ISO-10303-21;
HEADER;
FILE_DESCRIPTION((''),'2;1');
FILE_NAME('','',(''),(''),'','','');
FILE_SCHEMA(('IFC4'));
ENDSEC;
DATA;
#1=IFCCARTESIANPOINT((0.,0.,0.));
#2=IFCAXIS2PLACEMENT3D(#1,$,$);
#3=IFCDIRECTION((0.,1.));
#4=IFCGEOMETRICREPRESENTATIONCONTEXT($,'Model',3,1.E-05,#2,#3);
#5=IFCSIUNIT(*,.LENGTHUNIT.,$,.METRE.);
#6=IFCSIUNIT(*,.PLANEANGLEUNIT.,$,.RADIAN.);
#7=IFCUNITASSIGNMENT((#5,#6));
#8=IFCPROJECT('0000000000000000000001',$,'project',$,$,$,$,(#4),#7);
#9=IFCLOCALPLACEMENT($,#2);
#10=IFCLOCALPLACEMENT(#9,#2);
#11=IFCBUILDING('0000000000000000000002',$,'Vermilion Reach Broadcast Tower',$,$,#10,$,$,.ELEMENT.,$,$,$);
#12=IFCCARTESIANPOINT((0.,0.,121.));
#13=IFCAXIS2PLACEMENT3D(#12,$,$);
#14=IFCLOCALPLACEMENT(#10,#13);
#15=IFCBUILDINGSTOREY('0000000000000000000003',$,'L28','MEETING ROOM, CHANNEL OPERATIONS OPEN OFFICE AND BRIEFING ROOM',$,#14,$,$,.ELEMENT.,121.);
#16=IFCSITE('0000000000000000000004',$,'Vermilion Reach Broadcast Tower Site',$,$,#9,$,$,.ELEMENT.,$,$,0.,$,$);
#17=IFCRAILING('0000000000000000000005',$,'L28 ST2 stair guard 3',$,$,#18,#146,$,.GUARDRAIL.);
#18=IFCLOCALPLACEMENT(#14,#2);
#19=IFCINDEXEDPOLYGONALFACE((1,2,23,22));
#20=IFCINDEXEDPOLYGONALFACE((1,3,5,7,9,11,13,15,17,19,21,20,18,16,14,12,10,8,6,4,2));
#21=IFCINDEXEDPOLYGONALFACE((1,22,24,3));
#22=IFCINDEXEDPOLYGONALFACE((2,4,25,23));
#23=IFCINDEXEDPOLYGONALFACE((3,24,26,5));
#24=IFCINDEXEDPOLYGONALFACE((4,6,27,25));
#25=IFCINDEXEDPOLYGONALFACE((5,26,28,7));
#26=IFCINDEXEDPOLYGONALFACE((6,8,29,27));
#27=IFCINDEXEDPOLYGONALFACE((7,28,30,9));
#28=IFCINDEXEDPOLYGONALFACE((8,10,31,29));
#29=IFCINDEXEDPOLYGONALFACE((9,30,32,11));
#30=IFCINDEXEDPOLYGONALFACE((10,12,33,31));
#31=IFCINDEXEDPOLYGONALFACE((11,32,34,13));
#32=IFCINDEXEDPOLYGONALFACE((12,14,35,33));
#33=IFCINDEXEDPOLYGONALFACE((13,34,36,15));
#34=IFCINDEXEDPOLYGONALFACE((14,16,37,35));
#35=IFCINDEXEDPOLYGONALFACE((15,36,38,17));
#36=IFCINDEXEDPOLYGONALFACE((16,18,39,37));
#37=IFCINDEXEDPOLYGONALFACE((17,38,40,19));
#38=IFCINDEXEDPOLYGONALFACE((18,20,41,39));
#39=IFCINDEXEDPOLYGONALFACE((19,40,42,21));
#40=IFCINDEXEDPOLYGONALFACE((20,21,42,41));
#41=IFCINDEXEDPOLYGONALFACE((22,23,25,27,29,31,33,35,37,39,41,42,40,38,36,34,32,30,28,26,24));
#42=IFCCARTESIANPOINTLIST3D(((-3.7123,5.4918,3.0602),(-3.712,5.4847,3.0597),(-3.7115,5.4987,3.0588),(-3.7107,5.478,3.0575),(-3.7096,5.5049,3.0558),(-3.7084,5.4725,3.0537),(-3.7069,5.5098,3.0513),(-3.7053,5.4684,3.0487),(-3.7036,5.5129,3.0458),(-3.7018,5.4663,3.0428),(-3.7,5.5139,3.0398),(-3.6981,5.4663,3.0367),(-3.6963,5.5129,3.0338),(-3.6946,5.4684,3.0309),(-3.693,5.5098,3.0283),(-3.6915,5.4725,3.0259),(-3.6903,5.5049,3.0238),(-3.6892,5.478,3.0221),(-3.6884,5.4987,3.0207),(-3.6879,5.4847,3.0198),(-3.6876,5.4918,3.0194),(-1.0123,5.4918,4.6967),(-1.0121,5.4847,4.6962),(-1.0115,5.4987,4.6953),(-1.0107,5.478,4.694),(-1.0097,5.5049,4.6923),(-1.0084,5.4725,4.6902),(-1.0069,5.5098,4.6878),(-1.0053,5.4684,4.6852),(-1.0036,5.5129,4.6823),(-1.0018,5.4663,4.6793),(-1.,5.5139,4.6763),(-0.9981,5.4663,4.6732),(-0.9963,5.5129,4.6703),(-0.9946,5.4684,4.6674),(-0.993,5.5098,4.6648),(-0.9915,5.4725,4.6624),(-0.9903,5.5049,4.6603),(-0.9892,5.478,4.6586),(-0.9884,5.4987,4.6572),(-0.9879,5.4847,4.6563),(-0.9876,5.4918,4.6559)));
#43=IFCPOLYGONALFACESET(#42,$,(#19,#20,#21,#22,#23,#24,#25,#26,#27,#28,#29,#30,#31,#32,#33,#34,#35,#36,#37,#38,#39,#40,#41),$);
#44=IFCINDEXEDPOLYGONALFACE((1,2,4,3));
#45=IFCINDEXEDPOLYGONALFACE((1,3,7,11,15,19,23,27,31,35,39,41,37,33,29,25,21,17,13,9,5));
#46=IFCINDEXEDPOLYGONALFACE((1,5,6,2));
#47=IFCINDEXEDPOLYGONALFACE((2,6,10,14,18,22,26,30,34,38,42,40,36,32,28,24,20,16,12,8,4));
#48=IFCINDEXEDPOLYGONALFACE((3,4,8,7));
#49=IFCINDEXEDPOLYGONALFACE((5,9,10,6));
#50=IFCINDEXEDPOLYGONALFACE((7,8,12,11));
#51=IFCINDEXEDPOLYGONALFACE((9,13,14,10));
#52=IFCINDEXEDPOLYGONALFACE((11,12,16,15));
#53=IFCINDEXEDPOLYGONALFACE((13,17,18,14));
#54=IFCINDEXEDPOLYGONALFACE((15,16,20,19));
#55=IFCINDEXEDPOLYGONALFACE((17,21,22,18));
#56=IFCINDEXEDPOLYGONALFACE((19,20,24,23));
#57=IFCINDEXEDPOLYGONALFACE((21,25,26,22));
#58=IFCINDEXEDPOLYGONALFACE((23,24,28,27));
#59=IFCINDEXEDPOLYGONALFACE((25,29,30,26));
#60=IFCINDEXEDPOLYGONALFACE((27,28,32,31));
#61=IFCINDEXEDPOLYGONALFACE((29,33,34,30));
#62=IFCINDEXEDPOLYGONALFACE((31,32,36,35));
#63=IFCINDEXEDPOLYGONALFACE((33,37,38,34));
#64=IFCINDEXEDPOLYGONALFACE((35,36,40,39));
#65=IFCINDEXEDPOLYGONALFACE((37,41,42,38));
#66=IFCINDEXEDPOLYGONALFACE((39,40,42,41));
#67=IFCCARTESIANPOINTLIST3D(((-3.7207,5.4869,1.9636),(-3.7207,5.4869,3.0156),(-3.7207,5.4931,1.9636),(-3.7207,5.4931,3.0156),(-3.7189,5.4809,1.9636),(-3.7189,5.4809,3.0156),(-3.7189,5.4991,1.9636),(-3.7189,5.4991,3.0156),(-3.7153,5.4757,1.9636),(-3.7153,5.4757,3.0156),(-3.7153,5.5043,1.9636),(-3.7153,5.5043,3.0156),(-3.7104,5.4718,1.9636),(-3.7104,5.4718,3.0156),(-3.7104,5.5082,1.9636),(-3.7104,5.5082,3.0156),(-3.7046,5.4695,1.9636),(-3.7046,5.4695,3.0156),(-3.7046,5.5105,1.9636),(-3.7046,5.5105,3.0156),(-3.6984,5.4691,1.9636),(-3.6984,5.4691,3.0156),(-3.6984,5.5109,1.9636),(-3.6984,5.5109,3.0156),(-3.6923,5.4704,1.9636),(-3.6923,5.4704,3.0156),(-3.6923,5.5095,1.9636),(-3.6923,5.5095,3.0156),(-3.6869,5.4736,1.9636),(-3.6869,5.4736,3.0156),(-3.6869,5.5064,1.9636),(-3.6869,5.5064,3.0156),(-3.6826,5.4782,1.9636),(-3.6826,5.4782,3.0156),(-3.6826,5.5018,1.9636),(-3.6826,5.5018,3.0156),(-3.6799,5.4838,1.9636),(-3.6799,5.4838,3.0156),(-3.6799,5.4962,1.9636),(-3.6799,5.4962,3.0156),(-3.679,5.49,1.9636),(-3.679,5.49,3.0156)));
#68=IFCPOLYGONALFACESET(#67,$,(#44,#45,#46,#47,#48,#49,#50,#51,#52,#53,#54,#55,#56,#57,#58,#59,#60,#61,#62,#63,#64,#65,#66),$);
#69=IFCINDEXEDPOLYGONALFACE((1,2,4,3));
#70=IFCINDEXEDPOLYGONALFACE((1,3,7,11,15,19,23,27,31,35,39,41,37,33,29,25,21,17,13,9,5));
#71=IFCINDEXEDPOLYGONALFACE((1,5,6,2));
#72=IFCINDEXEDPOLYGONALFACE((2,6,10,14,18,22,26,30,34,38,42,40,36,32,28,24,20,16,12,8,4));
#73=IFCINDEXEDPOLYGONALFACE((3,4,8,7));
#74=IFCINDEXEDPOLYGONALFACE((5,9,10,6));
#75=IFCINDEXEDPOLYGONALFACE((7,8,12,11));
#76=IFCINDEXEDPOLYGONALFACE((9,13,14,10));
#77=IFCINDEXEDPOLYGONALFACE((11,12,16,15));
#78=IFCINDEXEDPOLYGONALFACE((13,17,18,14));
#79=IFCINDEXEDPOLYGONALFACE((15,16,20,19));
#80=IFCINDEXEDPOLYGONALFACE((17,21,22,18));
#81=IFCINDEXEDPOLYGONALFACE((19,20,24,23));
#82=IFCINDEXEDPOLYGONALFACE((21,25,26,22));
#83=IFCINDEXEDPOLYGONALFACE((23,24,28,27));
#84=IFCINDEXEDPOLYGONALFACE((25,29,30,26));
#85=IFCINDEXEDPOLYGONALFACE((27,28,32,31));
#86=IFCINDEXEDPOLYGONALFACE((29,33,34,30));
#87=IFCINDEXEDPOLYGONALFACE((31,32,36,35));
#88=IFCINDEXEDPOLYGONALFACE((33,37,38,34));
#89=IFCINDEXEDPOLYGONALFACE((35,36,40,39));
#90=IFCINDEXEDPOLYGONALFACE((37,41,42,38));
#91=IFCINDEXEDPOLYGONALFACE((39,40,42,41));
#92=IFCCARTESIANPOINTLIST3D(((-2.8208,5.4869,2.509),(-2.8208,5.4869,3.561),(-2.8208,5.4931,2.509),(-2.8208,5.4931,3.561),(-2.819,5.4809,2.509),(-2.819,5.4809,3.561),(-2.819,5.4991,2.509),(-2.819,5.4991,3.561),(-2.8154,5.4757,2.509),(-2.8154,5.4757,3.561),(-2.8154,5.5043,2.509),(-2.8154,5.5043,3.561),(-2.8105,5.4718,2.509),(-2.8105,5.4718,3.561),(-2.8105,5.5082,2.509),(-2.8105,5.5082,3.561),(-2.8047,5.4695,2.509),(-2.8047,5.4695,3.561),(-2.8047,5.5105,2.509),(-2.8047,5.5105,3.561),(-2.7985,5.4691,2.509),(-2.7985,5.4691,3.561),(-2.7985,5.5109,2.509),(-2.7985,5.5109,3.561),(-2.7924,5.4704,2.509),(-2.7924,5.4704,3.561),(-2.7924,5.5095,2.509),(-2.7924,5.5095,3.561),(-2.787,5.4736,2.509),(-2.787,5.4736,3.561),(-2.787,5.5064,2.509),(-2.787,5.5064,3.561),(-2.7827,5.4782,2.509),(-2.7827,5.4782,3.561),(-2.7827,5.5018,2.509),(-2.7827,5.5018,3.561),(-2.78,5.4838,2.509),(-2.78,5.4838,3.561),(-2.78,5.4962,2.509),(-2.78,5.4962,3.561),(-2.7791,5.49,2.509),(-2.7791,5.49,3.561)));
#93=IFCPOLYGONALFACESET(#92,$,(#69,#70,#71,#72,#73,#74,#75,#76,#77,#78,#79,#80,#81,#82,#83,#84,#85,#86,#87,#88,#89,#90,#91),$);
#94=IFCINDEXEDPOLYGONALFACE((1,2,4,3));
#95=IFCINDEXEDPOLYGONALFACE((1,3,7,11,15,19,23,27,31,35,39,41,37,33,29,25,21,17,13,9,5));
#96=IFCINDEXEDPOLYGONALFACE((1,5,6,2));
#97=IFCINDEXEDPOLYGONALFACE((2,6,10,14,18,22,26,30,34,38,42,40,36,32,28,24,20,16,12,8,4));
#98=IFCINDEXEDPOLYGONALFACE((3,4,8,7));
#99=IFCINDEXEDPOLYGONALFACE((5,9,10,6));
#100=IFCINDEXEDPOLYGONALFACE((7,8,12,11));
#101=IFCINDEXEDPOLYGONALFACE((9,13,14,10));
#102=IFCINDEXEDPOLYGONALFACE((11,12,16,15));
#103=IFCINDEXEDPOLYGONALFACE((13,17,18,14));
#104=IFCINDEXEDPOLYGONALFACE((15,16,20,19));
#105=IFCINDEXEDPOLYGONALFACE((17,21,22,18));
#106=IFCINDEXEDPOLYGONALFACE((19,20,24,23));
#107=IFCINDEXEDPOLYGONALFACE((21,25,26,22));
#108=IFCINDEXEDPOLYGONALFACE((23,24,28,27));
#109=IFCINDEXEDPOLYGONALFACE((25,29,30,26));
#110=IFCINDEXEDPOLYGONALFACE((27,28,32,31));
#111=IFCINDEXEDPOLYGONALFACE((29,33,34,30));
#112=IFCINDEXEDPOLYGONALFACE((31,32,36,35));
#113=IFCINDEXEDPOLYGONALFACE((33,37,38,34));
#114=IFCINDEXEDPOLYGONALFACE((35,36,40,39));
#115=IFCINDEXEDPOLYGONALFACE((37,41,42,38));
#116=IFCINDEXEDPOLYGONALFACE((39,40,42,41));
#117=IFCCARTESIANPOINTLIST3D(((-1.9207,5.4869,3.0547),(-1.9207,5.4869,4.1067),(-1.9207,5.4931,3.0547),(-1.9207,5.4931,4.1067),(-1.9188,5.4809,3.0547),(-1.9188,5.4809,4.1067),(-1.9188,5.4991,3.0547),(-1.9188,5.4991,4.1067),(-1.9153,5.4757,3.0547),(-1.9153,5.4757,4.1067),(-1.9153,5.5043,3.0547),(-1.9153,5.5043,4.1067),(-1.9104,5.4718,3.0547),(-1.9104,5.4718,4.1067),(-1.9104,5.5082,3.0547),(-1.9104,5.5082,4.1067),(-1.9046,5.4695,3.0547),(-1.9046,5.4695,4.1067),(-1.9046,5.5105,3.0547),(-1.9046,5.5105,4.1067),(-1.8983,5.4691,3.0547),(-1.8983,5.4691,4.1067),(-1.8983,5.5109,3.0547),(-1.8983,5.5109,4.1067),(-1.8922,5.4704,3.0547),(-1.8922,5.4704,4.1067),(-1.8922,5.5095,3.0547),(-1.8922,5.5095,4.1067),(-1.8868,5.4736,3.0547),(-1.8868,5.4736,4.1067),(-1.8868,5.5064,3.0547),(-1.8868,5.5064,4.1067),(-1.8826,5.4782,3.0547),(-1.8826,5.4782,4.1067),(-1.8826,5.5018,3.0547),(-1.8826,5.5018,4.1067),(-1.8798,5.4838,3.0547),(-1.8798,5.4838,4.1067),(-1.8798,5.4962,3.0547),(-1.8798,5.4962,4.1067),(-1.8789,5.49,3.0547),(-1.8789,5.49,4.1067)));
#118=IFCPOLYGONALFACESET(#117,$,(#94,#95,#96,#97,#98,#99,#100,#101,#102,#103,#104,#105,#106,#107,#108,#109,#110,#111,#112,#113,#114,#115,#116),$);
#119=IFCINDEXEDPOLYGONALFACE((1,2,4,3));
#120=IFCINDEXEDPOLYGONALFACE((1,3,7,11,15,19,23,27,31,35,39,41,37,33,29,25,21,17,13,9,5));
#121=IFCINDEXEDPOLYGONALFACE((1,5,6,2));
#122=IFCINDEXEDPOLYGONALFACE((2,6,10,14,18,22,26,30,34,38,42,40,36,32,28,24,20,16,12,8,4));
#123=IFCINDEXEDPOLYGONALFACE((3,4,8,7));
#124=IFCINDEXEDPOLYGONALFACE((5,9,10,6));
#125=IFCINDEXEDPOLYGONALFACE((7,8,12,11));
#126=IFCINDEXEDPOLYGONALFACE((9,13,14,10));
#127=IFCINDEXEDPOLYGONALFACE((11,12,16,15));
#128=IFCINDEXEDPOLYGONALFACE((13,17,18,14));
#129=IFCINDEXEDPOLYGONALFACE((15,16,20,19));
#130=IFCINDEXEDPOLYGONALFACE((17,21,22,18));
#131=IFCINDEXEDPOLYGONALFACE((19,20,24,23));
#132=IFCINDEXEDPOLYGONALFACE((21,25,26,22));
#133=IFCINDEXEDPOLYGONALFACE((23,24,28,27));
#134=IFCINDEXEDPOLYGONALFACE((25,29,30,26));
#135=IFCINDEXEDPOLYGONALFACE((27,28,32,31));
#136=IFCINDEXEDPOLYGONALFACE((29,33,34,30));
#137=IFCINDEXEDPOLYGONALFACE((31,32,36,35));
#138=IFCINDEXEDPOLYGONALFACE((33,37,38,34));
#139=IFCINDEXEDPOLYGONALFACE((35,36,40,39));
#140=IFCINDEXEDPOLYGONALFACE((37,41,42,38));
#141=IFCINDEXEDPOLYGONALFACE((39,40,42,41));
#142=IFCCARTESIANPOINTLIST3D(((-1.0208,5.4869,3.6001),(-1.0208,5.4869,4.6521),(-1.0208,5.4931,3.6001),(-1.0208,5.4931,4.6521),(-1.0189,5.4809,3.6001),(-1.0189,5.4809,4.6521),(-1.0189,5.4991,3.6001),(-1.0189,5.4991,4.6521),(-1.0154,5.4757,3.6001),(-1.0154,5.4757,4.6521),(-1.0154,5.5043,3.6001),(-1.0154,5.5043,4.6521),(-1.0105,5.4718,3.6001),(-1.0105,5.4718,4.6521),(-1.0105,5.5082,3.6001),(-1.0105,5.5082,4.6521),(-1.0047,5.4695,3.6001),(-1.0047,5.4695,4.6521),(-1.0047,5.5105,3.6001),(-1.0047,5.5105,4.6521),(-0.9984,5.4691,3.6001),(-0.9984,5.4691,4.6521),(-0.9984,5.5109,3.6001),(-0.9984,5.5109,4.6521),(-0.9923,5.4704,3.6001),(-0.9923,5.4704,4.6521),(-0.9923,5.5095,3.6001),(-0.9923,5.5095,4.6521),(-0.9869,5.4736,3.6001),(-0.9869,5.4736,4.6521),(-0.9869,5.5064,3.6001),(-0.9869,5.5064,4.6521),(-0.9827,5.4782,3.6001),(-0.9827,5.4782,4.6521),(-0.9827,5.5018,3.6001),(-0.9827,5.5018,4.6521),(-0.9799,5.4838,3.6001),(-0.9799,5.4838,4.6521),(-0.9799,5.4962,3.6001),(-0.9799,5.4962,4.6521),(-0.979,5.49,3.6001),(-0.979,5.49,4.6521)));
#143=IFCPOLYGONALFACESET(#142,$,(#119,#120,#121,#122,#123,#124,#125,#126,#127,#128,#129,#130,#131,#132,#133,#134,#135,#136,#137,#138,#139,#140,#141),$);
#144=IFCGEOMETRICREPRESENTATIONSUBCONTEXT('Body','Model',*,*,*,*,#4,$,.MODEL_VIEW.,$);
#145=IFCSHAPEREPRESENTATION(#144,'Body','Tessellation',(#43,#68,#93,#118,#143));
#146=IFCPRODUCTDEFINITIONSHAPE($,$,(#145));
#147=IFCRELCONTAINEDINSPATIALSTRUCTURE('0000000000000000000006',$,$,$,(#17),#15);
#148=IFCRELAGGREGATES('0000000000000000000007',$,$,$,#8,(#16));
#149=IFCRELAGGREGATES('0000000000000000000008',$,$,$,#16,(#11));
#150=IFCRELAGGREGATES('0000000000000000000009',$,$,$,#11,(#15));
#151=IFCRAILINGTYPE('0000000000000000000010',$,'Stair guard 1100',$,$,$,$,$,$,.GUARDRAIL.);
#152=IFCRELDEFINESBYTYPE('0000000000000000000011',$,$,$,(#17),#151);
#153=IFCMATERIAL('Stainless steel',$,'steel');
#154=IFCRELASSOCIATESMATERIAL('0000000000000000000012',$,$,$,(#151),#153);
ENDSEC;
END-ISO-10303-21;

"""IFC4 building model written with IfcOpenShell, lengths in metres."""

from ifc_helpers import new_model, si_unit, direction, frame, origin, origin_2d, place, context, subcontext, project, spatial, circle, extrude, material, type_object, element, save


model = new_model("IFC4")

# Units and contexts
model_context = context("Model", 3, precision=1e-05, world=origin(), true_north=direction((0.0, 1.0)))
body_context = subcontext(model_context, "Body", "Model", "MODEL_VIEW")
ifc_project = project(units=[si_unit("LENGTHUNIT", "METRE"), si_unit("PLANEANGLEUNIT", "RADIAN")], contexts=[model_context])

# Site, building, storey
site_placement = place(None, origin())
site = spatial("IfcSite", under=ifc_project, at=site_placement, Name="Vermilion Reach Broadcast Tower Site", CompositionType="ELEMENT", RefElevation=0.0)
building_placement = place(site_placement, origin())
building = spatial("IfcBuilding", under=site, at=building_placement, Name="Vermilion Reach Broadcast Tower", CompositionType="ELEMENT")
storey_placement = place(building_placement, frame((0.0, 0.0, 121.0)))
storey = spatial("IfcBuildingStorey", under=building, at=storey_placement, Name="L28", Description="MEETING ROOM, CHANNEL OPERATIONS OPEN OFFICE AND BRIEFING ROOM", CompositionType="ELEMENT", Elevation=121.0)

# Railing
ifc_material_1 = material(Name="Stainless steel", Category="steel")
railing_type_1 = type_object("IfcRailingType", Name="Stair guard 1100", PredefinedType="GUARDRAIL", material=ifc_material_1)
railing_1_placement = place(storey_placement, frame((-3.7, 5.49, 1.9636)))
element("IfcRailing", 1, at=railing_1_placement, inside=storey, type_object=railing_type_1, Name="L28 ST2 stair guard 3", PredefinedType="GUARDRAIL", context=body_context, shape_type="SweptSolid", body=[
    extrude(circle(Radius=0.0239, at=origin_2d()), frame((0.0, 0.0, 1.0762), z_axis=(0.855178, 0.0, 0.518334), x_axis=(0.0, 1.0, 0.0)), (0.0, 0.0, 1.0), 3.1572),
    extrude(circle(Radius=0.021, at=origin_2d()), origin(), (0.0, 0.0, 1.0), 1.052),
    extrude(circle(Radius=0.021, at=origin_2d()), frame((0.8999, 0.0, 0.5454)), (0.0, 0.0, 1.0), 1.052),
    extrude(circle(Radius=0.021, at=origin_2d()), frame((1.8, 0.0, 1.0911)), (0.0, 0.0, 1.0), 1.052),
    extrude(circle(Radius=0.021, at=origin_2d()), frame((2.7, 0.0, 1.6365)), (0.0, 0.0, 1.0), 1.052),
])

save(model, "model.ifc")
